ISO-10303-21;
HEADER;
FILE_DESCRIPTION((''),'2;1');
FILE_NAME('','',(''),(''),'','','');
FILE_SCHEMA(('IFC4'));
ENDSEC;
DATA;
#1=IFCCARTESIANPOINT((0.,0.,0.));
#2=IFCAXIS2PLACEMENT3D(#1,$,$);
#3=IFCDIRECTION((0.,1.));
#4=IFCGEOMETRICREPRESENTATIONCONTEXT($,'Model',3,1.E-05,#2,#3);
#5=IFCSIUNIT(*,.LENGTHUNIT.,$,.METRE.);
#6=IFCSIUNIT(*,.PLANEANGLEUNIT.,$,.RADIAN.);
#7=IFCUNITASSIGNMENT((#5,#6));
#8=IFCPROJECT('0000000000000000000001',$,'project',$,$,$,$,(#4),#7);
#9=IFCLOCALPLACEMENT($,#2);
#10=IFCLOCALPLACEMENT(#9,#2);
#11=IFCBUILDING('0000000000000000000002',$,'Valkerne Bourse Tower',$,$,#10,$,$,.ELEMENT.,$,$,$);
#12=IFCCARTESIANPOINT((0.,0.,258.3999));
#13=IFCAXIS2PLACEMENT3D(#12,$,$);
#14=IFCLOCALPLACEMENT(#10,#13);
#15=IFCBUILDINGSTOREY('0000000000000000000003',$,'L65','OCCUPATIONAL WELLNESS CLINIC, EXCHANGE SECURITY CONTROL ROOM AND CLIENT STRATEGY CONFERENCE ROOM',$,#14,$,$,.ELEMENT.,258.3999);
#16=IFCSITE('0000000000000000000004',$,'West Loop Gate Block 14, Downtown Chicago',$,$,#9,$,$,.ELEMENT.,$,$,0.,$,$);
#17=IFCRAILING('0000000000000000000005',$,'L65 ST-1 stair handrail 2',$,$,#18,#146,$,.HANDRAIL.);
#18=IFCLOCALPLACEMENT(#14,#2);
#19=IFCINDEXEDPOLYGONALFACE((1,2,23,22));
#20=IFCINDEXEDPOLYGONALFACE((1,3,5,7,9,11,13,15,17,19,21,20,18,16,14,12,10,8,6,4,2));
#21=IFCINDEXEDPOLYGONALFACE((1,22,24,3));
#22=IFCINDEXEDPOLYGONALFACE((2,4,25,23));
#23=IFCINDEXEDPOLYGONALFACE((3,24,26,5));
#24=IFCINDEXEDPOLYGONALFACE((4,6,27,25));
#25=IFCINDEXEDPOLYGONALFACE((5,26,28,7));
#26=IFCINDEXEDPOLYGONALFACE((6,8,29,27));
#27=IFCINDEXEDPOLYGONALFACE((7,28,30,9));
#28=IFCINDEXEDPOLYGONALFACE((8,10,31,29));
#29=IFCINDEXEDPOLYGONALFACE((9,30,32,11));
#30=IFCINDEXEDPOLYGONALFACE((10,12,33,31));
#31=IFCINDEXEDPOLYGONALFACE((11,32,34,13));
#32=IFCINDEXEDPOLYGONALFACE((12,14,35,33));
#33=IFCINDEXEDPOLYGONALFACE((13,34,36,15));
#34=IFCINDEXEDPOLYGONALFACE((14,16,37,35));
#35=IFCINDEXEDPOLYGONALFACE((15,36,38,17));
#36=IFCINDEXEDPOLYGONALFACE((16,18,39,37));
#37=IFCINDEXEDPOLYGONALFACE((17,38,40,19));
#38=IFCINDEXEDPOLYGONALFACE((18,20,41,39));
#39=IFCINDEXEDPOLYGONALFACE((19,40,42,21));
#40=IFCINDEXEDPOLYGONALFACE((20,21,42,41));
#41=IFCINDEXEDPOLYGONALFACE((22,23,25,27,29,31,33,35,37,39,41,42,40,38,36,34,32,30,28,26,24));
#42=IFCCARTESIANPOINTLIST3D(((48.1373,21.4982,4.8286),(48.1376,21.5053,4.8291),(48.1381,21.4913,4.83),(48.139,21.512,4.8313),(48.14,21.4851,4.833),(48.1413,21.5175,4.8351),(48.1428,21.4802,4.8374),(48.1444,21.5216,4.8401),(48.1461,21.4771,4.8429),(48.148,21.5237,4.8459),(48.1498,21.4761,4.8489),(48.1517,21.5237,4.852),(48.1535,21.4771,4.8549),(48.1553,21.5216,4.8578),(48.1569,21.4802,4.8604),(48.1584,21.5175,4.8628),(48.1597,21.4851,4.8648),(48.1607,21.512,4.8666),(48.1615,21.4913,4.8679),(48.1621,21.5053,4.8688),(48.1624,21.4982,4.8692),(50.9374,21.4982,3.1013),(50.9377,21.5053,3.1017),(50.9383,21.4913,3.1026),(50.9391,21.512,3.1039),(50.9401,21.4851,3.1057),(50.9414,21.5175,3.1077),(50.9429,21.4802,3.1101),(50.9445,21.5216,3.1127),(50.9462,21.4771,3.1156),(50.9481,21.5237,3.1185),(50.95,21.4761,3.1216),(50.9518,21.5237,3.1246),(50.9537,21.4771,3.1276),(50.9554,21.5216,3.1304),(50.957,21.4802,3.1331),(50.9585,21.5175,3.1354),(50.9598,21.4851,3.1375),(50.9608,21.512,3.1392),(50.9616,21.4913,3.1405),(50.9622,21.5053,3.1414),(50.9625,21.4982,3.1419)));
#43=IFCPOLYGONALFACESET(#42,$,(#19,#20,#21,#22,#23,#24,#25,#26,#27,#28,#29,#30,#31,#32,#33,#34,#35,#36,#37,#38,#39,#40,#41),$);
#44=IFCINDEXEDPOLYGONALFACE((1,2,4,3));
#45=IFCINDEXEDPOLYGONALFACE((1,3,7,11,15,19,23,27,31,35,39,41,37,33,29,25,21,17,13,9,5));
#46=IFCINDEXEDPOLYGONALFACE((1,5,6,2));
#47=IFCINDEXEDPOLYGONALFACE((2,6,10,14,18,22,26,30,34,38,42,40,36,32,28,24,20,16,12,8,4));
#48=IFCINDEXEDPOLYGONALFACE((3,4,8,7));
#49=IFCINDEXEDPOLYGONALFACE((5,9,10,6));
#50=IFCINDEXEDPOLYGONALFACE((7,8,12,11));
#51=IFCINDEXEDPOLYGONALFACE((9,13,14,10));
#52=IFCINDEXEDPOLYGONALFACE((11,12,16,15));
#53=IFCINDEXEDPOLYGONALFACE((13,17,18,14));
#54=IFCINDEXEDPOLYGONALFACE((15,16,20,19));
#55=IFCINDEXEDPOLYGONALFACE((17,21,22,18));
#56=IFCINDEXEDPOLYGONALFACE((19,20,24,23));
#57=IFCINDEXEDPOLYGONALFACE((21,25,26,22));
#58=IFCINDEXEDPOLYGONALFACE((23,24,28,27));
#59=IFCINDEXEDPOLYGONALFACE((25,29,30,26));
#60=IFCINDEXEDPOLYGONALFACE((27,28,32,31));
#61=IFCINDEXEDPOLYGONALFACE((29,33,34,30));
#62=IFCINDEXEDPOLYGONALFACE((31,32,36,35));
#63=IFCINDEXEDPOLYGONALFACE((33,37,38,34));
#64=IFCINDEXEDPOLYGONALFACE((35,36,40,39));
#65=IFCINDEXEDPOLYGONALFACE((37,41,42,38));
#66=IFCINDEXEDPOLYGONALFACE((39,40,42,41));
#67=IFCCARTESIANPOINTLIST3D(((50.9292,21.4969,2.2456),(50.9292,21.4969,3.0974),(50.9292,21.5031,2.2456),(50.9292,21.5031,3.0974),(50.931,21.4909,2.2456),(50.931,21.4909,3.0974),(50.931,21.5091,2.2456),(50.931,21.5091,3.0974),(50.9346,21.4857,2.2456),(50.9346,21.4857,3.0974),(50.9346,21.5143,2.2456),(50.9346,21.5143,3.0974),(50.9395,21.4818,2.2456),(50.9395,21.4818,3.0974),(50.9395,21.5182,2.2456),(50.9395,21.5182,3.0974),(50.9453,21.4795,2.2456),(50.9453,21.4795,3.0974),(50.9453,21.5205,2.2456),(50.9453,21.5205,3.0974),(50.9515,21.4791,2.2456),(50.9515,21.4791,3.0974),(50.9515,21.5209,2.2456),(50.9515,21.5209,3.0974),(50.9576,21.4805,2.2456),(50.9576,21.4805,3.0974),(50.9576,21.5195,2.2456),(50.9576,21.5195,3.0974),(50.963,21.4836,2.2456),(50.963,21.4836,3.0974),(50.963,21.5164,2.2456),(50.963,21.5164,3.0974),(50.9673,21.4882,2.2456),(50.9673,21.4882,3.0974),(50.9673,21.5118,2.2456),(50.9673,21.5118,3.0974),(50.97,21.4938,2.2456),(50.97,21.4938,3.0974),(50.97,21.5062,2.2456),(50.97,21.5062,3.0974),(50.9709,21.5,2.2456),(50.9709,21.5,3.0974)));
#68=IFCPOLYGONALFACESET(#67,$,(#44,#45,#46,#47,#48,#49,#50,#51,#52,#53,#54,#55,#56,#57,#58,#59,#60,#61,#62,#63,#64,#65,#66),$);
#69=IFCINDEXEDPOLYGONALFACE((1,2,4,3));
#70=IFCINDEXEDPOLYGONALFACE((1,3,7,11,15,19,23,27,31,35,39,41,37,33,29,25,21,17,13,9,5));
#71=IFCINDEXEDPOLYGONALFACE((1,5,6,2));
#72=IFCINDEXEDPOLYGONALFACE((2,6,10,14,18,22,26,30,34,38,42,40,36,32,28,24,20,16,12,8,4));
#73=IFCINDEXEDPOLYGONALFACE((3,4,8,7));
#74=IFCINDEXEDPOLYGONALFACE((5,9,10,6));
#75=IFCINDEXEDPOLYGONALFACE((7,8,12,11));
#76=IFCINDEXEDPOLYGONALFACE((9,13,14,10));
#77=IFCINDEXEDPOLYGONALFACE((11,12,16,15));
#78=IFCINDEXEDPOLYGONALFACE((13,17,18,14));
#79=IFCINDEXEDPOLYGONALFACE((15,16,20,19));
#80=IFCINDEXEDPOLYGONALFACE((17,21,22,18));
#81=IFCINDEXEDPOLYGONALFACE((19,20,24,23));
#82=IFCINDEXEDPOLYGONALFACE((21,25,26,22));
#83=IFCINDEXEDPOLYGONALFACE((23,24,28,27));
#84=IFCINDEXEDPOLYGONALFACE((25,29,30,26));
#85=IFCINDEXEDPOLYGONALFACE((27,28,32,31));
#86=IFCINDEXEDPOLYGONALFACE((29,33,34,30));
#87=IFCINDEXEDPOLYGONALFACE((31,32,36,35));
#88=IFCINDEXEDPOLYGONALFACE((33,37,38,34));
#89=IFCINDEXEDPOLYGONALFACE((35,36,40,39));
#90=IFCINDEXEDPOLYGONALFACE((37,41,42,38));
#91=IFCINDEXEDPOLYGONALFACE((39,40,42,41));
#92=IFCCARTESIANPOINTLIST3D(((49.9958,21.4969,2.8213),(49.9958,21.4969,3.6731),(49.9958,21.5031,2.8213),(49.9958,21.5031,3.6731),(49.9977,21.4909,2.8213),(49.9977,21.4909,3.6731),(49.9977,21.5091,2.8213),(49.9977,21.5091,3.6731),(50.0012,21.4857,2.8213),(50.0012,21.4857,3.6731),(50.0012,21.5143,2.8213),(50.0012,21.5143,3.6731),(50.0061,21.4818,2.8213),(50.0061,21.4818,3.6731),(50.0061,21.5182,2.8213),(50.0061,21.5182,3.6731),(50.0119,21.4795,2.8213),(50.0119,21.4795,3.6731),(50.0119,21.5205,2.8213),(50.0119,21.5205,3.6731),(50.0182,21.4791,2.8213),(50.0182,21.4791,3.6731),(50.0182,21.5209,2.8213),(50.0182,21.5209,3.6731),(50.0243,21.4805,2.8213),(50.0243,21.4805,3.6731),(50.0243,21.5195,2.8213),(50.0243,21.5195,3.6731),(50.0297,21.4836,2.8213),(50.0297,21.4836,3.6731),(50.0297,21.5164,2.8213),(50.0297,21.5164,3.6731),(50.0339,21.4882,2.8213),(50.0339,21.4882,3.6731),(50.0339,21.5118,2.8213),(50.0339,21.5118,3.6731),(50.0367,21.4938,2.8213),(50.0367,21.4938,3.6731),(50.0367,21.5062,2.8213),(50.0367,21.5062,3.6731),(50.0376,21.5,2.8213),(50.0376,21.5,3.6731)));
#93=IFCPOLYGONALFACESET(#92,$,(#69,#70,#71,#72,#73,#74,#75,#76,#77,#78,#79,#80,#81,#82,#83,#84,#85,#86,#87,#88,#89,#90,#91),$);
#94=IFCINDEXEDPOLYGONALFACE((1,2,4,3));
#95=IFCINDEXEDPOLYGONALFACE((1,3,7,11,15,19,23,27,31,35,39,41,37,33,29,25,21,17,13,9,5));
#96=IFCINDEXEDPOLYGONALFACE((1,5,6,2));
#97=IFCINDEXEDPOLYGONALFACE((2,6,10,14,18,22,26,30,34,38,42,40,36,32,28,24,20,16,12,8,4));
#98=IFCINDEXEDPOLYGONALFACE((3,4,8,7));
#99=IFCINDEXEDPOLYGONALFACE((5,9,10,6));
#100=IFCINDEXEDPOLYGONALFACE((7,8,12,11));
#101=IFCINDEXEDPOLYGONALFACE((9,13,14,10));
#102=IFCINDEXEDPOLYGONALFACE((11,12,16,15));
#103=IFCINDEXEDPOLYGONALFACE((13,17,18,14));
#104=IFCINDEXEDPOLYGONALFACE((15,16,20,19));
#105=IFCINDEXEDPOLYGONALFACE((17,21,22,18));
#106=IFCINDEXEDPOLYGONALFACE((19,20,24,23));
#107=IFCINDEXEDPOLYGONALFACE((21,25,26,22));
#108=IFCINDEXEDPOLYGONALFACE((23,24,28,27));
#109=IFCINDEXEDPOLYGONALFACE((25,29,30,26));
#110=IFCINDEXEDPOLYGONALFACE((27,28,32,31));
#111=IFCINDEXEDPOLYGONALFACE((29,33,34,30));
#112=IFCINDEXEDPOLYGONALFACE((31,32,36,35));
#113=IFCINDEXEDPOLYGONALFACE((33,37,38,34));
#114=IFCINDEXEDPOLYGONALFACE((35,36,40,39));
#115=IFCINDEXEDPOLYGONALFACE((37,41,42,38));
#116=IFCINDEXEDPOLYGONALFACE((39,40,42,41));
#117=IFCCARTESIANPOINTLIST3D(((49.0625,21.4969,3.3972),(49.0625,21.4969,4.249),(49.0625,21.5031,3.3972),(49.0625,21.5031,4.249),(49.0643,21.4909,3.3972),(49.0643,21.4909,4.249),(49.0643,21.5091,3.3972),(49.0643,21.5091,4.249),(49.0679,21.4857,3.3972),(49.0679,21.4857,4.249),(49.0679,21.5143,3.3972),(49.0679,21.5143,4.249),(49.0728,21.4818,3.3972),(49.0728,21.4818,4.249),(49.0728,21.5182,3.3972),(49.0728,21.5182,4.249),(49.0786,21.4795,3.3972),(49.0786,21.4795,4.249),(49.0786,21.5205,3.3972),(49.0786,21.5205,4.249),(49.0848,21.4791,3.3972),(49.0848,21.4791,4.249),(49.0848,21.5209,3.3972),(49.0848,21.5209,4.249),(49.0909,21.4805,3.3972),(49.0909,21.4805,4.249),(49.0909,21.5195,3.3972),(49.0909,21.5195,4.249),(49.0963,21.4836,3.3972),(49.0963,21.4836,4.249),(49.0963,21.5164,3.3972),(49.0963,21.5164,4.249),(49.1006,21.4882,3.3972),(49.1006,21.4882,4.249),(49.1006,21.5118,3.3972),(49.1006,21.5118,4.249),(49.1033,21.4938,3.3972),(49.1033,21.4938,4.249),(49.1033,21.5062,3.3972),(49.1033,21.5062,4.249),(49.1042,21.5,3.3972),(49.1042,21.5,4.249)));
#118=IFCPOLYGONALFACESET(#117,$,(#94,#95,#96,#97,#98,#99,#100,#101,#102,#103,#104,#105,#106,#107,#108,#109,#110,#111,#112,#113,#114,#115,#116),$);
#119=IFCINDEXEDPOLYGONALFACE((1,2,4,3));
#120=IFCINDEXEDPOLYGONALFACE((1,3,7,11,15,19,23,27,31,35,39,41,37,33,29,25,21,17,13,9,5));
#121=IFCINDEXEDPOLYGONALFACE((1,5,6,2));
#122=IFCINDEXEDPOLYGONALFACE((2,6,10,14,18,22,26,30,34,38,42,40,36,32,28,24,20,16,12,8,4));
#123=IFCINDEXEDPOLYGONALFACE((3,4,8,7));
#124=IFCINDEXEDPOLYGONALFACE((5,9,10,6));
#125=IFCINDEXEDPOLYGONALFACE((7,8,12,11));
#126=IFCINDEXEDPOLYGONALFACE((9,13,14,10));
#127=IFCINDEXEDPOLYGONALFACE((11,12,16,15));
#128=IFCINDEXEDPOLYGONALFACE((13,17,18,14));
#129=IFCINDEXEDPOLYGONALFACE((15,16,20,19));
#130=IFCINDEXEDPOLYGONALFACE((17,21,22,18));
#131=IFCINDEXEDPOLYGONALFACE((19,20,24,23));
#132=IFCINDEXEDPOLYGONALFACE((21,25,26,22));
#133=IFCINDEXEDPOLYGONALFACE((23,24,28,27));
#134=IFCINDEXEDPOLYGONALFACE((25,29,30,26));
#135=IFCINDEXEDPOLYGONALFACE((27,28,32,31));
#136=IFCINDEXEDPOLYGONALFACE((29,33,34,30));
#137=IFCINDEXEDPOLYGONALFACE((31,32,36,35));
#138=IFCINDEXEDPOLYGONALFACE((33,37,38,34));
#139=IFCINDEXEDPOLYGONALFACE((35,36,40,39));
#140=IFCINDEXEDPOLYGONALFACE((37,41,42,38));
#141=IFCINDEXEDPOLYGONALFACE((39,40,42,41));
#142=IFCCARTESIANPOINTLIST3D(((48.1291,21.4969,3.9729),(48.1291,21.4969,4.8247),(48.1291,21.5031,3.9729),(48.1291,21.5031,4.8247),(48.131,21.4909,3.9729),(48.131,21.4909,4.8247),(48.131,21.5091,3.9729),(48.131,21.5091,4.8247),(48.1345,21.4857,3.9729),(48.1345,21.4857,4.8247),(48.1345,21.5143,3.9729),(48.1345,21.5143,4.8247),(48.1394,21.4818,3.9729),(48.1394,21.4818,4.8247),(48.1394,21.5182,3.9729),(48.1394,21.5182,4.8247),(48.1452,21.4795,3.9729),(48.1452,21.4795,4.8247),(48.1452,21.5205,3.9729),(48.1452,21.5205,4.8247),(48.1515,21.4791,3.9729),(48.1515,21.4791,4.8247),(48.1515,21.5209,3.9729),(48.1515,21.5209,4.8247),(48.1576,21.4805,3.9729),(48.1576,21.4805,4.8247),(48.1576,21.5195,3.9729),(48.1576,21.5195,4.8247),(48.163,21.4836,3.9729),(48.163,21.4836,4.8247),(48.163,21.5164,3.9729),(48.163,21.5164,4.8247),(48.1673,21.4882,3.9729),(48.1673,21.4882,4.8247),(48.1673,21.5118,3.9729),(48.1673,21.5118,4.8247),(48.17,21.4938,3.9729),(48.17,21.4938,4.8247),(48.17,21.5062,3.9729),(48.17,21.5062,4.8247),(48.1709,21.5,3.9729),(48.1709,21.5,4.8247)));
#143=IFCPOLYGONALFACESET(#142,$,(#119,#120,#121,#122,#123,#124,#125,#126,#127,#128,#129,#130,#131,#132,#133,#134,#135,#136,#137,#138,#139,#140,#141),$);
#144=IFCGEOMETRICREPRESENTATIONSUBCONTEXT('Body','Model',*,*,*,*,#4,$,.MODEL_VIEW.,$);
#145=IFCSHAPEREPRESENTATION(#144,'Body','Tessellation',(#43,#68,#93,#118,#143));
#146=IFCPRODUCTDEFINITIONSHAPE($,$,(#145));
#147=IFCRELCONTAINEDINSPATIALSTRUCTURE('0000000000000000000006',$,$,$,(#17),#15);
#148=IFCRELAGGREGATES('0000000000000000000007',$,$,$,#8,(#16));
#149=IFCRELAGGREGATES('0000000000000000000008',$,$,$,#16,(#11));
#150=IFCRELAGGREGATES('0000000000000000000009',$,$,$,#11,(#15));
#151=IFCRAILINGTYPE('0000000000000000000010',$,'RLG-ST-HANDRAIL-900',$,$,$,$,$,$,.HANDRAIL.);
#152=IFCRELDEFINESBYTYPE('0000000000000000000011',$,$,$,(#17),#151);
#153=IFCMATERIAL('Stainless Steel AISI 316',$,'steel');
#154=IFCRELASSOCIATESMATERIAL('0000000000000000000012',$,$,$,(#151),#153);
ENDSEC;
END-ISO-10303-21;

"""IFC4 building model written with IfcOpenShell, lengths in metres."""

from ifc_helpers import new_model, si_unit, direction, frame, origin, origin_2d, place, context, subcontext, project, spatial, circle, extrude, material, type_object, element, save


model = new_model("IFC4")

# Units and contexts
model_context = context("Model", 3, precision=1e-05, world=origin(), true_north=direction((0.0, 1.0)))
body_context = subcontext(model_context, "Body", "Model", "MODEL_VIEW")
ifc_project = project(units=[si_unit("LENGTHUNIT", "METRE"), si_unit("PLANEANGLEUNIT", "RADIAN")], contexts=[model_context])

# Site, building, storey
site_placement = place(None, origin())
site = spatial("IfcSite", under=ifc_project, at=site_placement, Name="West Loop Gate Block 14, Downtown Chicago", CompositionType="ELEMENT", RefElevation=0.0)
building_placement = place(site_placement, origin())
building = spatial("IfcBuilding", under=site, at=building_placement, Name="Valkerne Bourse Tower", CompositionType="ELEMENT")
storey_placement = place(building_placement, frame((0.0, 0.0, 258.3999)))
storey = spatial("IfcBuildingStorey", under=building, at=storey_placement, Name="L65", Description="OCCUPATIONAL WELLNESS CLINIC, EXCHANGE SECURITY CONTROL ROOM AND CLIENT STRATEGY CONFERENCE ROOM", CompositionType="ELEMENT", Elevation=258.3999)

# Shared definitions
ifc_material_1 = material(Name="Stainless Steel AISI 316", Category="steel")

# Railing
railing_type_1 = type_object("IfcRailingType", Name="RLG-ST-HANDRAIL-900", PredefinedType="HANDRAIL", material=ifc_material_1)
railing_1_placement = place(storey_placement, frame((50.95, 21.5, 2.2456)))
element("IfcRailing", 1, at=railing_1_placement, inside=storey, type_object=railing_type_1, Name="L65 ST-1 stair handrail 2", PredefinedType="HANDRAIL", context=body_context, shape_type="SweptSolid", body=[
    extrude(circle(Radius=0.0239, at=origin_2d()), frame((0.0, 0.0, 0.876), z_axis=(-0.85109, 0.0, 0.52502), x_axis=(0.0, -1.0, 0.0)), (0.0, 0.0, 1.0), 3.29),
    extrude(circle(Radius=0.021, at=origin_2d()), origin(), (0.0, 0.0, 1.0), 0.8518),
    extrude(circle(Radius=0.021, at=origin_2d()), frame((-0.9333, 0.0, 0.5757)), (0.0, 0.0, 1.0), 0.8518),
    extrude(circle(Radius=0.021, at=origin_2d()), frame((-1.8667, 0.0, 1.1516)), (0.0, 0.0, 1.0), 0.8518),
    extrude(circle(Radius=0.021, at=origin_2d()), frame((-2.8, 0.0, 1.7273)), (0.0, 0.0, 1.0), 0.8518),
])

save(model, "model.ifc")
